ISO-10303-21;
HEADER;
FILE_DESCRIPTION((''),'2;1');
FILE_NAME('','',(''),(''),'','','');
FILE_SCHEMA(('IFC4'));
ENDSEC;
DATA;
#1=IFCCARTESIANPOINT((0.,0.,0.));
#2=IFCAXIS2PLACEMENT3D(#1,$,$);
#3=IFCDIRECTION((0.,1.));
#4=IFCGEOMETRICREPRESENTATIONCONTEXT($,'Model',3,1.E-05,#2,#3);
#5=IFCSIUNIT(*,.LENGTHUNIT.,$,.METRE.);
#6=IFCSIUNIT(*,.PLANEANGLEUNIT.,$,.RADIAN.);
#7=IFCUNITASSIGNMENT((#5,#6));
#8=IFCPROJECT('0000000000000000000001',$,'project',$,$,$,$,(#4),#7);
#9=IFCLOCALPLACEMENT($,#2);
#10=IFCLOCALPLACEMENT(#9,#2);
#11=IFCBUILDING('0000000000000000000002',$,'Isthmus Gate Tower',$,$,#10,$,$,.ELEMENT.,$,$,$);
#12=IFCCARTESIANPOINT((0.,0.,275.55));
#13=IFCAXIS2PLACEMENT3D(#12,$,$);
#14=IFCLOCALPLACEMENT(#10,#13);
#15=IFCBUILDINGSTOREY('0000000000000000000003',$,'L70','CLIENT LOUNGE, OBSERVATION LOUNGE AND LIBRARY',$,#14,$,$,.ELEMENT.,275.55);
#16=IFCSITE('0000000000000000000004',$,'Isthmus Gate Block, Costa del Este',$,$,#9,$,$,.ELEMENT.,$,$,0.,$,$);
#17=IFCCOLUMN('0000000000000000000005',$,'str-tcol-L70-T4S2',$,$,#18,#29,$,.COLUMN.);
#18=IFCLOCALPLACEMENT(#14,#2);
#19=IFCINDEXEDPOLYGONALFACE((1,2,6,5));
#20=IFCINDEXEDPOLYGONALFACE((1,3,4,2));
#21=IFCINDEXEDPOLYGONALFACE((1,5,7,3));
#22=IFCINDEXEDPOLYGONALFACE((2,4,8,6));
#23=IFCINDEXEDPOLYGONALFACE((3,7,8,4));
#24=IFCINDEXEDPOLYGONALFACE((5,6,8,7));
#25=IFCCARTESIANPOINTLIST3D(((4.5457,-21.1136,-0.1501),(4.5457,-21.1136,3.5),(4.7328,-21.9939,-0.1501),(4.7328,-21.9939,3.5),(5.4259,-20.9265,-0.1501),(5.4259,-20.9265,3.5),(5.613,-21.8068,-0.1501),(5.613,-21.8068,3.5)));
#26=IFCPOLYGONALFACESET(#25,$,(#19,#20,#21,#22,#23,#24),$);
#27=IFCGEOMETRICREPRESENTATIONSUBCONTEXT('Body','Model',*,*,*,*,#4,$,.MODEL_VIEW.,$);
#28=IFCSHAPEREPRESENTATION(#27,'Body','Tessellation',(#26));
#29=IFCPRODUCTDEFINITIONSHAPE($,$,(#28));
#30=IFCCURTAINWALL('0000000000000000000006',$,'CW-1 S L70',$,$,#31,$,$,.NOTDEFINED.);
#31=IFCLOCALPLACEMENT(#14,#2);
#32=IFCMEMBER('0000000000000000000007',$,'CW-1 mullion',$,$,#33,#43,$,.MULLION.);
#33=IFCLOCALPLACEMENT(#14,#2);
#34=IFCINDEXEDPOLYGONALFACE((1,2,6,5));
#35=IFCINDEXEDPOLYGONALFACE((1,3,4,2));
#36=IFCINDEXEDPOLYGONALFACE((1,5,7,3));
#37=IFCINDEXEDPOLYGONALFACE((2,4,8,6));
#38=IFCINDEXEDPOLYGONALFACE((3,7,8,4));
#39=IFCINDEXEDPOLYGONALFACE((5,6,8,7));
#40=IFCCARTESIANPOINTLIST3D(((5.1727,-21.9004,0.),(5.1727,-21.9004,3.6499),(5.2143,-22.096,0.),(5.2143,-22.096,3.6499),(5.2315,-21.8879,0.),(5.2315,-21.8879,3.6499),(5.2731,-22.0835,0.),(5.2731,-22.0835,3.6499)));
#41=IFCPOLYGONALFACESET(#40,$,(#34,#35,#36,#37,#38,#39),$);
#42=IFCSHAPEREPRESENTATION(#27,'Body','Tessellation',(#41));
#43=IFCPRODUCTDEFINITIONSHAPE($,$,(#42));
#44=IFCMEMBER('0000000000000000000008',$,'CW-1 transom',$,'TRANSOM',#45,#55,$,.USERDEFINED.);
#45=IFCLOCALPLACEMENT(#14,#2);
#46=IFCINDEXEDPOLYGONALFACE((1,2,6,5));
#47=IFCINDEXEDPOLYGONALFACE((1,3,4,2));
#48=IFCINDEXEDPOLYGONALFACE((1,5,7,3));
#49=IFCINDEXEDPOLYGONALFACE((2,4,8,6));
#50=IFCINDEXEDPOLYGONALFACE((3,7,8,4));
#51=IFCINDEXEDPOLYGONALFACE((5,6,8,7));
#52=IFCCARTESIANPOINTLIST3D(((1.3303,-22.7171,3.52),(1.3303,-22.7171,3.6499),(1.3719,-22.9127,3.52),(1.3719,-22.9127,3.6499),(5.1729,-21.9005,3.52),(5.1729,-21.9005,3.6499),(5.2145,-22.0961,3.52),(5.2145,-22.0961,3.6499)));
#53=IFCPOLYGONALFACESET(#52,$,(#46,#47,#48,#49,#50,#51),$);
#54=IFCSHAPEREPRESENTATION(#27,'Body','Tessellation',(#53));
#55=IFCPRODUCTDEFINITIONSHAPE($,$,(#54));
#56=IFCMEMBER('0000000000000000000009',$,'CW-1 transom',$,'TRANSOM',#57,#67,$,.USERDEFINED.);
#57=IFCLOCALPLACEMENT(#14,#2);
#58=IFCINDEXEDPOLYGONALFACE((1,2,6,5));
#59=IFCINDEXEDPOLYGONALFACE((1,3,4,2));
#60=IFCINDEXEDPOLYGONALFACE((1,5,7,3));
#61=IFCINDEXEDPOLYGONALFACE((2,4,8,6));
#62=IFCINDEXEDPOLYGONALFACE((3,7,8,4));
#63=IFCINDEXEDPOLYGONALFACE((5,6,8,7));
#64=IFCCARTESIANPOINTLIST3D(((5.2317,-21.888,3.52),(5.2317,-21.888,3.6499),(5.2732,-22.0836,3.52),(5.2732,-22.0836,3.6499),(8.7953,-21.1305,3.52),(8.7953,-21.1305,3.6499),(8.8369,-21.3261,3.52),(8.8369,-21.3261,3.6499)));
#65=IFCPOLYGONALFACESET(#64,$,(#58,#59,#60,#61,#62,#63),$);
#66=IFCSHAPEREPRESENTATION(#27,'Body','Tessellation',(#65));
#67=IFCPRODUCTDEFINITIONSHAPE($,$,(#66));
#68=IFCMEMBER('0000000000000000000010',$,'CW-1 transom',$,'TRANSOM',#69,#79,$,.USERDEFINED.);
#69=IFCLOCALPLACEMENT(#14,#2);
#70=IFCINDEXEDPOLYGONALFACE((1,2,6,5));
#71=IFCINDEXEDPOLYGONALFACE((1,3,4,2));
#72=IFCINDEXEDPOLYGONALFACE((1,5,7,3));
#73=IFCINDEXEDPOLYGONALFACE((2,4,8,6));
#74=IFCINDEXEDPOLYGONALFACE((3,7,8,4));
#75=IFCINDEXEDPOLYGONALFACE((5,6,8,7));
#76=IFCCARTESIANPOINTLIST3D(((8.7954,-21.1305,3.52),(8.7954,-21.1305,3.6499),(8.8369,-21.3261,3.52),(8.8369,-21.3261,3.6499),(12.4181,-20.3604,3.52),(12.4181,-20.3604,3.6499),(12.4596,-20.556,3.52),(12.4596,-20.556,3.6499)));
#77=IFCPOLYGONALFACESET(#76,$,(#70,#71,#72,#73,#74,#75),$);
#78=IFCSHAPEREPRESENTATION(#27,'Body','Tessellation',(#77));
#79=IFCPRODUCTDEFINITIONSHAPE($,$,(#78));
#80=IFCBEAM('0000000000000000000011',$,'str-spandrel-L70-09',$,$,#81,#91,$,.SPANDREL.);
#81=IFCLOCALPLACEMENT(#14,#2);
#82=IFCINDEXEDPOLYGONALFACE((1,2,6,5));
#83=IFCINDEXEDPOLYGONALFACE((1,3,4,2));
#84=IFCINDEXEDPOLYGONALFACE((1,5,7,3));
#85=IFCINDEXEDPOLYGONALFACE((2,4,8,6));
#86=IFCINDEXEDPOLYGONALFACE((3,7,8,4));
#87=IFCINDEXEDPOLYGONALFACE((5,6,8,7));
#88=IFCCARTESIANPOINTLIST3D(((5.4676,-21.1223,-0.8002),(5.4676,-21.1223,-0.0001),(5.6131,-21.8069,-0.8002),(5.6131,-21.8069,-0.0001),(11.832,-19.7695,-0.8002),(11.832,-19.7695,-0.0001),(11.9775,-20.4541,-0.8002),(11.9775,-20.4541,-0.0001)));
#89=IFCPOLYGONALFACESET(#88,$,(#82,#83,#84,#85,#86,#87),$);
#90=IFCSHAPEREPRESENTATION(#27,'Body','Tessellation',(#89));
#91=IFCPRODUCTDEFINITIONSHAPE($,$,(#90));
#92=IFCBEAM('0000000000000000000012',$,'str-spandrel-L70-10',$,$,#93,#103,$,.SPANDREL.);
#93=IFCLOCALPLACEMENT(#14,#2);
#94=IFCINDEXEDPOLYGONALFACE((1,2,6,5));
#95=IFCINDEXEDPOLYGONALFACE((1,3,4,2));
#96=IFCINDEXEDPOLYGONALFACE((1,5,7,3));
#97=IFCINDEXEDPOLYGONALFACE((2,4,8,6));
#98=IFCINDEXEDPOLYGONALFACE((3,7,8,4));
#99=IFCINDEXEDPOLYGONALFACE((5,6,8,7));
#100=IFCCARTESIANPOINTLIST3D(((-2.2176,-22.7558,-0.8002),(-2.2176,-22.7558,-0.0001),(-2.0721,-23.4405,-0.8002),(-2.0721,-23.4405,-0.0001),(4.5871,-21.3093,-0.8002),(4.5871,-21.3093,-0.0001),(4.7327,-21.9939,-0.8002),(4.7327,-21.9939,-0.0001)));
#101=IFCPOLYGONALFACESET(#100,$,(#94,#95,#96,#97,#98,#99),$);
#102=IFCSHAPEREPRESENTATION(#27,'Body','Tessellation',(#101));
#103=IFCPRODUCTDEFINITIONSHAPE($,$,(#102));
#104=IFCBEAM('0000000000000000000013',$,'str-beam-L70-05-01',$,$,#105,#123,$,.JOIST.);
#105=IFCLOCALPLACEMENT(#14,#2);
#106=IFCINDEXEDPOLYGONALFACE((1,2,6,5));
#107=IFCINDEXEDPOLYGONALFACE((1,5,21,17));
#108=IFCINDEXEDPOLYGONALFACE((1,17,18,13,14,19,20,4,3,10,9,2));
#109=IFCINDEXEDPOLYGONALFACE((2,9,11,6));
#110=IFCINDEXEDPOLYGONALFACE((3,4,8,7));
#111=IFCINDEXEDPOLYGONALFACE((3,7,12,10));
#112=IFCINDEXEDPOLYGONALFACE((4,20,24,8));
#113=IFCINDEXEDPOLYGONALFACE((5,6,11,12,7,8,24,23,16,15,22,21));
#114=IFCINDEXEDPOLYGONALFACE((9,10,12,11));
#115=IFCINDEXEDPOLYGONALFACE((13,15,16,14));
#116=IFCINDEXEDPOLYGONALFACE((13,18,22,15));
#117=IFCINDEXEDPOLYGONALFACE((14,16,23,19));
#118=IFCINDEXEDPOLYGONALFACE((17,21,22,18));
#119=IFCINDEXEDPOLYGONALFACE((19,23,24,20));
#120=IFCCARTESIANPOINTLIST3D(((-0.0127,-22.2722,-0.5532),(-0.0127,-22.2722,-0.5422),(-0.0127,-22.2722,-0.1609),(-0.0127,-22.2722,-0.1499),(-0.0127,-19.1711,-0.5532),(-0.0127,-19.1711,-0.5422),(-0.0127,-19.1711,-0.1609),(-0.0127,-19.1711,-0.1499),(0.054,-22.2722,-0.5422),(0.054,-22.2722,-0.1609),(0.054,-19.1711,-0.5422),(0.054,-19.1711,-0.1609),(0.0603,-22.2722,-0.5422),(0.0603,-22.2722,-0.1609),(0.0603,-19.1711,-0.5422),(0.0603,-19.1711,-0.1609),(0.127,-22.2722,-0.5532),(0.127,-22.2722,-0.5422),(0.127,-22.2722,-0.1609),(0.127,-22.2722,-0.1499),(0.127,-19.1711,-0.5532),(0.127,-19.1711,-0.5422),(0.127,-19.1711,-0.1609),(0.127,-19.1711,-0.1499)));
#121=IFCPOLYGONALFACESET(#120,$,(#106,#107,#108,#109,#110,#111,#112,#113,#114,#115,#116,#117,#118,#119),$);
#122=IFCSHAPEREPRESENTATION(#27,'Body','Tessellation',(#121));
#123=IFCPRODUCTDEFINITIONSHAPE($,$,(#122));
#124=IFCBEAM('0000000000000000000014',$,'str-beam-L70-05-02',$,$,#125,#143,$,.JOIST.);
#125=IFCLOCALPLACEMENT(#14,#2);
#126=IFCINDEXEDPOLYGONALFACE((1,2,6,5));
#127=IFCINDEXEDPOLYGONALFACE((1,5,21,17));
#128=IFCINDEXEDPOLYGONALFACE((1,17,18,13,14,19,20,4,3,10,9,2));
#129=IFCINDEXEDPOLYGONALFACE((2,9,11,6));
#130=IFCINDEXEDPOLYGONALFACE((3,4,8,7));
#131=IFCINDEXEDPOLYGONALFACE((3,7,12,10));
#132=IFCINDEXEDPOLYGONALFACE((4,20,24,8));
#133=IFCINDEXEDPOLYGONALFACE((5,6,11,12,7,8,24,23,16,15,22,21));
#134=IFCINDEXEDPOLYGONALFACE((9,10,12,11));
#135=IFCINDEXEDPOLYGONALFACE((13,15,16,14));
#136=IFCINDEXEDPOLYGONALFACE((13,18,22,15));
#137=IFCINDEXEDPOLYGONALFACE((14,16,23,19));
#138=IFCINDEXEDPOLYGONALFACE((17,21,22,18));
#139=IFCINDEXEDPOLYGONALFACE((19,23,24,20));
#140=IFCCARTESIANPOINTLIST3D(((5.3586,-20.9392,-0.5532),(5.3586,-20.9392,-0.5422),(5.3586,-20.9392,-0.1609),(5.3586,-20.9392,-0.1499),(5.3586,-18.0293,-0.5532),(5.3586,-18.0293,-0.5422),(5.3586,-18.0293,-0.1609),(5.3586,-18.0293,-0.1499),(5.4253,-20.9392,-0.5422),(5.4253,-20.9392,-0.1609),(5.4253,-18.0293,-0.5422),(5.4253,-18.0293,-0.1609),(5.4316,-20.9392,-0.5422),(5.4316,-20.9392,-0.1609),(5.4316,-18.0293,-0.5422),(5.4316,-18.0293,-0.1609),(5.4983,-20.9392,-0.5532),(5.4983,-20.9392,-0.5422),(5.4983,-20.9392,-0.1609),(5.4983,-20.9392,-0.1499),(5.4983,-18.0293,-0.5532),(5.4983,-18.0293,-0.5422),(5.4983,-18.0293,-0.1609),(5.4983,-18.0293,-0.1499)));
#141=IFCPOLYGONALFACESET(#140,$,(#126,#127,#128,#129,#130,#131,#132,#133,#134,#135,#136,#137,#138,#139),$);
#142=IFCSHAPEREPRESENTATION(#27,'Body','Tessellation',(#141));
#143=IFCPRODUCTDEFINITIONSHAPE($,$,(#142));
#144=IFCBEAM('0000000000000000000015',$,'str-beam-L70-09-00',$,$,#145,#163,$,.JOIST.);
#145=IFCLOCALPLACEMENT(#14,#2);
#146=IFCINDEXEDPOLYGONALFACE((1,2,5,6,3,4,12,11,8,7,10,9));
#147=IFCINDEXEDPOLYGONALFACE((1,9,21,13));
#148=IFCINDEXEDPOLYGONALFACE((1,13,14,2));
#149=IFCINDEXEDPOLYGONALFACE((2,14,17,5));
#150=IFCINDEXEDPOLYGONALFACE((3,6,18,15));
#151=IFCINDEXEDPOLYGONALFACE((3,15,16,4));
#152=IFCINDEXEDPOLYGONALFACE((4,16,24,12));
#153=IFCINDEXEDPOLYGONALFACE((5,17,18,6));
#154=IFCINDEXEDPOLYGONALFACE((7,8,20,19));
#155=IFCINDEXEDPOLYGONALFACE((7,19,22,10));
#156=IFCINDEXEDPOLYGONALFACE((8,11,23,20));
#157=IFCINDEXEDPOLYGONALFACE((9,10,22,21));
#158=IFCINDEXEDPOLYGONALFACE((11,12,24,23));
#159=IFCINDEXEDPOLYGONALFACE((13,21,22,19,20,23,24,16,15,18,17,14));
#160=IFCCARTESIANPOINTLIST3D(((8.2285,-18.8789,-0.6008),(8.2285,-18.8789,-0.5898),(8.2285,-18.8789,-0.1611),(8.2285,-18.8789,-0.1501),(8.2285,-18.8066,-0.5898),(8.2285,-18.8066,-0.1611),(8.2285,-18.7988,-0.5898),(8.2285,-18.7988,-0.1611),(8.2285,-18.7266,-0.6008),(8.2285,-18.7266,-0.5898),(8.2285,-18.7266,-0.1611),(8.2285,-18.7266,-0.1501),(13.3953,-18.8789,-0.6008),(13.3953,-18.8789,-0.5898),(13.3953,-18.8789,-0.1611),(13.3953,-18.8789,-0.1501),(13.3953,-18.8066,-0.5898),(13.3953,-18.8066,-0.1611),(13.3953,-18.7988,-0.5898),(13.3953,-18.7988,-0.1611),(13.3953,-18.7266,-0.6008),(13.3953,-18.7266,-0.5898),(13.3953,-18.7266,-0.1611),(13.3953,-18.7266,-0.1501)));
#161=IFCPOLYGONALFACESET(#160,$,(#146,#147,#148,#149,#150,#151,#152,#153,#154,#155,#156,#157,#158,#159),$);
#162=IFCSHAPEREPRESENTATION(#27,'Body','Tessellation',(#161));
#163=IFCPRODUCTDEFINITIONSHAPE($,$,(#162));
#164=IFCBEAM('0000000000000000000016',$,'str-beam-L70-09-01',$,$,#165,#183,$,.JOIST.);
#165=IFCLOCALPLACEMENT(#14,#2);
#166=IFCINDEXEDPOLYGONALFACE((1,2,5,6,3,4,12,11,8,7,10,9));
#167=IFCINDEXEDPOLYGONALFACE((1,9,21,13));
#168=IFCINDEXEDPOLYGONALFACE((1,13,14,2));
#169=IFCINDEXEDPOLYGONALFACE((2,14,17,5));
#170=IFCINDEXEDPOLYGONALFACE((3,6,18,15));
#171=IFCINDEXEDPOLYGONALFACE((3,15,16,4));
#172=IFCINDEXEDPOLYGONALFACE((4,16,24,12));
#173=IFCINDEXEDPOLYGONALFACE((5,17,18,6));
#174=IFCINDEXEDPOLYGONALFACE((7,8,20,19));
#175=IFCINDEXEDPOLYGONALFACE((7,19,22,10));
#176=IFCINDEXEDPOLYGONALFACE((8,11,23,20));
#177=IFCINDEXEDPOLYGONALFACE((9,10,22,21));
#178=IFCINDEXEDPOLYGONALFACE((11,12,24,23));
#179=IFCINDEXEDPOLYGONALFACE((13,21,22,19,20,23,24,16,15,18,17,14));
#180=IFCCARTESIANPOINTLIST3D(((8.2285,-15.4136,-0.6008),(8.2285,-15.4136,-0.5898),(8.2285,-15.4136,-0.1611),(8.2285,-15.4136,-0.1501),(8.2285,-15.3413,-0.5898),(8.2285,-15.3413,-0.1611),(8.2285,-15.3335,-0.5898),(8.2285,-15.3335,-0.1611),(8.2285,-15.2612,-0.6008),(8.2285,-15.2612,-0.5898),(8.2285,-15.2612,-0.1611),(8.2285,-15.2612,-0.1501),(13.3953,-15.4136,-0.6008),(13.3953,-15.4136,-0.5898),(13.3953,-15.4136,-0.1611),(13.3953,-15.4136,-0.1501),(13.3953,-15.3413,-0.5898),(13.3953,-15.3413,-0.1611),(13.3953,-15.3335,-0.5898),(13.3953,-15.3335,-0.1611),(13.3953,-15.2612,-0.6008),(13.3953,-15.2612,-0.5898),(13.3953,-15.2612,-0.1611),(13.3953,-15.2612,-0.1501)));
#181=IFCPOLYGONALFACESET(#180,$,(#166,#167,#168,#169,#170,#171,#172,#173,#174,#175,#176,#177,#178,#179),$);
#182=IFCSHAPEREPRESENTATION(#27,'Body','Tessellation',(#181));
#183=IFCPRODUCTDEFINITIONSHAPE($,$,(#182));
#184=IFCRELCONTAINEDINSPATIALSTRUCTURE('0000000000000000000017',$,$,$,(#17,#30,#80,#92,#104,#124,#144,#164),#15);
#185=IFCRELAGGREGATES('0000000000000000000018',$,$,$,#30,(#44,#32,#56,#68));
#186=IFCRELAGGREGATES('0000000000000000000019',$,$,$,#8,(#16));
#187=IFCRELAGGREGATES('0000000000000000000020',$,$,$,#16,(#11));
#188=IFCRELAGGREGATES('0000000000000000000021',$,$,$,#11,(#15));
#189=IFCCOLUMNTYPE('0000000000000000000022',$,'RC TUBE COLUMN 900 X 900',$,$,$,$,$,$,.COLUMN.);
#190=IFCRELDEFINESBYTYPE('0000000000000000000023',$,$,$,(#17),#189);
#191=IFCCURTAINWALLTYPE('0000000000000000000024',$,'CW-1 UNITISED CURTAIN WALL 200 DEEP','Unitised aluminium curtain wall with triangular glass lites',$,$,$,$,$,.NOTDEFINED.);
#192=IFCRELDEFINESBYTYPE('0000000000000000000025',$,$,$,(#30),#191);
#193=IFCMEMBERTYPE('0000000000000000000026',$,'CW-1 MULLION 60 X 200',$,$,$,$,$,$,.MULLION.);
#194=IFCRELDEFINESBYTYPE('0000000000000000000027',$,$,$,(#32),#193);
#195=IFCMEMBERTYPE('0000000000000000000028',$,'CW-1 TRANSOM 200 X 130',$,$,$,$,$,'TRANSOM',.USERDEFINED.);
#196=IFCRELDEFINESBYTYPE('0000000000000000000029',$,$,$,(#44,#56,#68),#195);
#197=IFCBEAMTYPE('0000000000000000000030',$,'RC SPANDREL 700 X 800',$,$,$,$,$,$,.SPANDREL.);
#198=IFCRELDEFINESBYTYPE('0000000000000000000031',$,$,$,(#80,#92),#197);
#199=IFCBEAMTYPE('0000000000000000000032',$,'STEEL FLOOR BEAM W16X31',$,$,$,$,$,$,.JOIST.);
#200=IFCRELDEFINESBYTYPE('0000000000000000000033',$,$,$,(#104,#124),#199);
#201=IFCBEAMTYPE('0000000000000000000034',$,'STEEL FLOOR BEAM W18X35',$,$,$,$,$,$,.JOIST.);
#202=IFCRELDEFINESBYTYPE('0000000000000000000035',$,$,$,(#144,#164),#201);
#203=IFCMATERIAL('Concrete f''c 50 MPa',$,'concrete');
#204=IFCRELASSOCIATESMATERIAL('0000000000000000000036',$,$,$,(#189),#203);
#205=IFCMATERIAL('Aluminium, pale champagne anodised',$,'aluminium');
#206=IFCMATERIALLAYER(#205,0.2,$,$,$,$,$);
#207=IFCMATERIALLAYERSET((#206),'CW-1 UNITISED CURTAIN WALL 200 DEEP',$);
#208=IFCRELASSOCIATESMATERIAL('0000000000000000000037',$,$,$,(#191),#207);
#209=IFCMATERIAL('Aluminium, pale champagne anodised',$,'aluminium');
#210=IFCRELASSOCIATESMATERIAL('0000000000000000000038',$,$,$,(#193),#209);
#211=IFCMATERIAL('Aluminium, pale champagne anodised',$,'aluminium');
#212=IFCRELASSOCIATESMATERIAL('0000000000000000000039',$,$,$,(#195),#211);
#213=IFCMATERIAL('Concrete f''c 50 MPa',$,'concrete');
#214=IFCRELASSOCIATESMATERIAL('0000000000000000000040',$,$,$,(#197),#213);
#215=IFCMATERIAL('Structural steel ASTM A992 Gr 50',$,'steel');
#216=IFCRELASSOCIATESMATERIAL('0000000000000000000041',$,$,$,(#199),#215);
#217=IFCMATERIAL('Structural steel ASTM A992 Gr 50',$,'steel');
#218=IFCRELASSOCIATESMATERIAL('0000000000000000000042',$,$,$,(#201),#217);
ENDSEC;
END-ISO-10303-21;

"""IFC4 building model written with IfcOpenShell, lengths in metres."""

from ifc_helpers import new_model, si_unit, direction, frame, origin, origin_2d, place, context, subcontext, project, spatial, rectangle, i_section, extrude, material, layer, layer_set, material_profile, profile_set, type_object, element, aggregate, save


model = new_model("IFC4")

# Units and contexts
model_context = context("Model", 3, precision=1e-05, world=origin(), true_north=direction((0.0, 1.0)))
body_context = subcontext(model_context, "Body", "Model", "MODEL_VIEW")
ifc_project = project(units=[si_unit("LENGTHUNIT", "METRE"), si_unit("PLANEANGLEUNIT", "RADIAN")], contexts=[model_context])

# Site, building, storey
site_placement = place(None, origin())
site = spatial("IfcSite", under=ifc_project, at=site_placement, Name="Isthmus Gate Block, Costa del Este", CompositionType="ELEMENT", RefElevation=0.0)
building_placement = place(site_placement, origin())
building = spatial("IfcBuilding", under=site, at=building_placement, Name="Isthmus Gate Tower", CompositionType="ELEMENT")
storey_placement = place(building_placement, frame((0.0, 0.0, 275.55)))
storey = spatial("IfcBuildingStorey", under=building, at=storey_placement, Name="L70", Description="CLIENT LOUNGE, OBSERVATION LOUNGE AND LIBRARY", CompositionType="ELEMENT", Elevation=275.55)

# Column
ifc_material_1 = material(Name="Concrete f'c 50 MPa", Category="concrete")
ifc_material_profile_1 = material_profile(ifc_material_1, rectangle(XDim=0.8999, YDim=0.8999, at=origin_2d()), Name="RC 900X900")
ifc_profile_set_1 = profile_set([ifc_material_profile_1], Name="Concrete f'c 50 MPa")
column_type = type_object("IfcColumnType", Name="RC TUBE COLUMN 900 X 900", PredefinedType="COLUMN", material=ifc_profile_set_1)
column_placement = place(storey_placement, frame((5.0793, -21.4602, -0.1501), z_axis=(0.0, 0.0, 1.0), x_axis=(0.978148, 0.207912, 0.0)))
element("IfcColumn", 1, at=column_placement, inside=storey, type_object=column_type, Name="str-tcol-L70-T4S2", PredefinedType="COLUMN", context=body_context, shape_type="SweptSolid", body=[
    extrude(rectangle(XDim=0.8999, YDim=0.8999, at=origin_2d()), origin(), (0.0, 0.0, 1.0), 3.6501),
])

# Curtain wall, members
ifc_material_2 = material(Name="Aluminium, pale champagne anodised", Category="aluminium")
ifc_layer_1 = layer(ifc_material_2, 0.2)
ifc_layer_set_1 = layer_set([ifc_layer_1], Name="CW-1 UNITISED CURTAIN WALL 200 DEEP")
curtain_wall_type = type_object("IfcCurtainWallType", Name="CW-1 UNITISED CURTAIN WALL 200 DEEP", Description="Unitised aluminium curtain wall with triangular glass lites", PredefinedType="NOTDEFINED", material=ifc_layer_set_1)
curtain_wall_placement = place(storey_placement, origin())
curtain_wall = element("IfcCurtainWall", 2, at=curtain_wall_placement, inside=storey, type_object=curtain_wall_type, Name="CW-1 S L70", PredefinedType="NOTDEFINED")
ifc_material_3 = material(Name="Aluminium, pale champagne anodised", Category="aluminium")
ifc_material_profile_2 = material_profile(ifc_material_3, rectangle(XDim=0.0601, YDim=0.2, at=origin_2d()), Name="60x200")
ifc_profile_set_2 = profile_set([ifc_material_profile_2], Name="Aluminium, pale champagne anodised")
member_type_1 = type_object("IfcMemberType", Name="CW-1 MULLION 60 X 200", PredefinedType="MULLION", material=ifc_profile_set_2)
member_1_placement = place(storey_placement, frame((5.2229, -21.9919, 0.0), z_axis=(0.0, 0.0, 1.0), x_axis=(0.978148, 0.207912, 0.0)))
member_1 = element("IfcMember", 3, at=member_1_placement, type_object=member_type_1, Name="CW-1 mullion", PredefinedType="MULLION", context=body_context, shape_type="SweptSolid", body=[
    extrude(rectangle(XDim=0.0601, YDim=0.2, at=origin_2d()), origin(), (0.0, 0.0, 1.0), 3.6499),
])
ifc_material_4 = material(Name="Aluminium, pale champagne anodised", Category="aluminium")
ifc_material_profile_3 = material_profile(ifc_material_4, rectangle(XDim=0.2, YDim=0.1299, at=origin_2d()), Name="200x130")
ifc_profile_set_3 = profile_set([ifc_material_profile_3], Name="Aluminium, pale champagne anodised")
member_type_2 = type_object("IfcMemberType", Name="CW-1 TRANSOM 200 X 130", ElementType="TRANSOM", PredefinedType="USERDEFINED", material=ifc_profile_set_3)
member_2_placement = place(storey_placement, frame((1.3511, -22.8149, 3.585), z_axis=(0.978153, 0.207886, 0.0), x_axis=(-0.207886, 0.978153, 0.0)))
member_2 = element("IfcMember", 4, at=member_2_placement, type_object=member_type_2, Name="CW-1 transom", ObjectType="TRANSOM", PredefinedType="USERDEFINED", context=body_context, shape_type="SweptSolid", body=[
    extrude(rectangle(XDim=0.2, YDim=0.1299, at=origin_2d()), origin(), (0.0, 0.0, 1.0), 3.9285),
])
member_3_placement = place(storey_placement, frame((5.2524, -21.9858, 3.585), z_axis=(0.978143, 0.207932, 0.0), x_axis=(-0.207932, 0.978143, 0.0)))
member_3 = element("IfcMember", 5, at=member_3_placement, type_object=member_type_2, Name="CW-1 transom", ObjectType="TRANSOM", PredefinedType="USERDEFINED", context=body_context, shape_type="SweptSolid", body=[
    extrude(rectangle(XDim=0.2, YDim=0.1299, at=origin_2d()), origin(), (0.0, 0.0, 1.0), 3.6433),
])
member_4_placement = place(storey_placement, frame((8.8162, -21.2283, 3.585), z_axis=(0.978146, 0.207917, 0.0), x_axis=(-0.207917, 0.978146, 0.0)))
member_4 = element("IfcMember", 6, at=member_4_placement, type_object=member_type_2, Name="CW-1 transom", ObjectType="TRANSOM", PredefinedType="USERDEFINED", context=body_context, shape_type="SweptSolid", body=[
    extrude(rectangle(XDim=0.2, YDim=0.1299, at=origin_2d()), origin(), (0.0, 0.0, 1.0), 3.7036),
])

# Beams
ifc_material_5 = material(Name="Concrete f'c 50 MPa", Category="concrete")
ifc_material_profile_4 = material_profile(ifc_material_5, rectangle(XDim=0.7, YDim=0.8, at=origin_2d()), Name="RC 700X800")
ifc_profile_set_4 = profile_set([ifc_material_profile_4], Name="Concrete f'c 50 MPa")
beam_type_1 = type_object("IfcBeamType", Name="RC SPANDREL 700 X 800", PredefinedType="SPANDREL", material=ifc_profile_set_4)
beam_1_placement = place(storey_placement, frame((11.9048, -20.1118, -0.4001), z_axis=(-0.978149, -0.207907, 0.0), x_axis=(0.207907, -0.978149, 0.0)))
element("IfcBeam", 7, at=beam_1_placement, inside=storey, type_object=beam_type_1, Name="str-spandrel-L70-09", PredefinedType="SPANDREL", context=body_context, shape_type="SweptSolid", body=[
    extrude(rectangle(XDim=0.7, YDim=0.8, at=origin_2d()), origin(), (0.0, 0.0, 1.0), 6.5066),
])
beam_2_placement = place(storey_placement, frame((4.6599, -21.6516, -0.4001), z_axis=(-0.978143, -0.207933, 0.0), x_axis=(0.207933, -0.978143, 0.0)))
element("IfcBeam", 8, at=beam_2_placement, inside=storey, type_object=beam_type_1, Name="str-spandrel-L70-10", PredefinedType="SPANDREL", context=body_context, shape_type="SweptSolid", body=[
    extrude(rectangle(XDim=0.7, YDim=0.8, at=origin_2d()), origin(), (0.0, 0.0, 1.0), 6.9568),
])
ifc_material_6 = material(Name="Structural steel ASTM A992 Gr 50", Category="steel")
ifc_material_profile_5 = material_profile(ifc_material_6, i_section(OverallWidth=0.1396, OverallDepth=0.4033, WebThickness=0.0063, FlangeThickness=0.011, at=origin_2d()), Name="W16X31")
ifc_profile_set_5 = profile_set([ifc_material_profile_5], Name="Structural steel ASTM A992 Gr 50")
beam_type_2 = type_object("IfcBeamType", Name="STEEL FLOOR BEAM W16X31", PredefinedType="JOIST", material=ifc_profile_set_5)
beam_3_placement = place(storey_placement, frame((0.0571, -22.2722, -0.3516), z_axis=(0.0, 1.0, 0.0), x_axis=(-1.0, 0.0, 0.0)))
element("IfcBeam", 9, at=beam_3_placement, inside=storey, type_object=beam_type_2, Name="str-beam-L70-05-01", PredefinedType="JOIST", context=body_context, shape_type="SweptSolid", body=[
    extrude(i_section(OverallWidth=0.1396, OverallDepth=0.4033, WebThickness=0.0063, FlangeThickness=0.011, at=origin_2d()), origin(), (0.0, 0.0, 1.0), 3.1011),
])
beam_4_placement = place(storey_placement, frame((5.4285, -20.9392, -0.3516), z_axis=(0.0, 1.0, 0.0), x_axis=(-1.0, 0.0, 0.0)))
element("IfcBeam", 10, at=beam_4_placement, inside=storey, type_object=beam_type_2, Name="str-beam-L70-05-02", PredefinedType="JOIST", context=body_context, shape_type="SweptSolid", body=[
    extrude(i_section(OverallWidth=0.1396, OverallDepth=0.4033, WebThickness=0.0063, FlangeThickness=0.011, at=origin_2d()), origin(), (0.0, 0.0, 1.0), 2.9099),
])
ifc_material_7 = material(Name="Structural steel ASTM A992 Gr 50", Category="steel")
ifc_material_profile_6 = material_profile(ifc_material_7, i_section(OverallWidth=0.1523, OverallDepth=0.4507, WebThickness=0.0078, FlangeThickness=0.011, at=origin_2d()), Name="W18X35")
ifc_profile_set_6 = profile_set([ifc_material_profile_6], Name="Structural steel ASTM A992 Gr 50")
beam_type_3 = type_object("IfcBeamType", Name="STEEL FLOOR BEAM W18X35", PredefinedType="JOIST", material=ifc_profile_set_6)
for number, where, z_axis, x_axis, name in (
    (11, (8.2285, -18.8027, -0.3755), (1.0, 0.0, 0.0), (0.0, 1.0, 0.0), "str-beam-L70-09-00"),
    (12, (8.2285, -15.3374, -0.3755), (1.0, 0.0, 0.0), (0.0, 1.0, 0.0), "str-beam-L70-09-01"),
):
    element("IfcBeam", number, at=place(storey_placement, frame(where, z_axis=z_axis, x_axis=x_axis)), inside=storey, type_object=beam_type_3, Name=name, PredefinedType="JOIST", context=body_context, shape_type="SweptSolid", body=[
        extrude(i_section(OverallWidth=0.1523, OverallDepth=0.4507, WebThickness=0.0078, FlangeThickness=0.011, at=origin_2d()), origin(), (0.0, 0.0, 1.0), 5.1667),
    ])

aggregate(curtain_wall, [member_2, member_1, member_3, member_4])

save(model, "model.ifc")
